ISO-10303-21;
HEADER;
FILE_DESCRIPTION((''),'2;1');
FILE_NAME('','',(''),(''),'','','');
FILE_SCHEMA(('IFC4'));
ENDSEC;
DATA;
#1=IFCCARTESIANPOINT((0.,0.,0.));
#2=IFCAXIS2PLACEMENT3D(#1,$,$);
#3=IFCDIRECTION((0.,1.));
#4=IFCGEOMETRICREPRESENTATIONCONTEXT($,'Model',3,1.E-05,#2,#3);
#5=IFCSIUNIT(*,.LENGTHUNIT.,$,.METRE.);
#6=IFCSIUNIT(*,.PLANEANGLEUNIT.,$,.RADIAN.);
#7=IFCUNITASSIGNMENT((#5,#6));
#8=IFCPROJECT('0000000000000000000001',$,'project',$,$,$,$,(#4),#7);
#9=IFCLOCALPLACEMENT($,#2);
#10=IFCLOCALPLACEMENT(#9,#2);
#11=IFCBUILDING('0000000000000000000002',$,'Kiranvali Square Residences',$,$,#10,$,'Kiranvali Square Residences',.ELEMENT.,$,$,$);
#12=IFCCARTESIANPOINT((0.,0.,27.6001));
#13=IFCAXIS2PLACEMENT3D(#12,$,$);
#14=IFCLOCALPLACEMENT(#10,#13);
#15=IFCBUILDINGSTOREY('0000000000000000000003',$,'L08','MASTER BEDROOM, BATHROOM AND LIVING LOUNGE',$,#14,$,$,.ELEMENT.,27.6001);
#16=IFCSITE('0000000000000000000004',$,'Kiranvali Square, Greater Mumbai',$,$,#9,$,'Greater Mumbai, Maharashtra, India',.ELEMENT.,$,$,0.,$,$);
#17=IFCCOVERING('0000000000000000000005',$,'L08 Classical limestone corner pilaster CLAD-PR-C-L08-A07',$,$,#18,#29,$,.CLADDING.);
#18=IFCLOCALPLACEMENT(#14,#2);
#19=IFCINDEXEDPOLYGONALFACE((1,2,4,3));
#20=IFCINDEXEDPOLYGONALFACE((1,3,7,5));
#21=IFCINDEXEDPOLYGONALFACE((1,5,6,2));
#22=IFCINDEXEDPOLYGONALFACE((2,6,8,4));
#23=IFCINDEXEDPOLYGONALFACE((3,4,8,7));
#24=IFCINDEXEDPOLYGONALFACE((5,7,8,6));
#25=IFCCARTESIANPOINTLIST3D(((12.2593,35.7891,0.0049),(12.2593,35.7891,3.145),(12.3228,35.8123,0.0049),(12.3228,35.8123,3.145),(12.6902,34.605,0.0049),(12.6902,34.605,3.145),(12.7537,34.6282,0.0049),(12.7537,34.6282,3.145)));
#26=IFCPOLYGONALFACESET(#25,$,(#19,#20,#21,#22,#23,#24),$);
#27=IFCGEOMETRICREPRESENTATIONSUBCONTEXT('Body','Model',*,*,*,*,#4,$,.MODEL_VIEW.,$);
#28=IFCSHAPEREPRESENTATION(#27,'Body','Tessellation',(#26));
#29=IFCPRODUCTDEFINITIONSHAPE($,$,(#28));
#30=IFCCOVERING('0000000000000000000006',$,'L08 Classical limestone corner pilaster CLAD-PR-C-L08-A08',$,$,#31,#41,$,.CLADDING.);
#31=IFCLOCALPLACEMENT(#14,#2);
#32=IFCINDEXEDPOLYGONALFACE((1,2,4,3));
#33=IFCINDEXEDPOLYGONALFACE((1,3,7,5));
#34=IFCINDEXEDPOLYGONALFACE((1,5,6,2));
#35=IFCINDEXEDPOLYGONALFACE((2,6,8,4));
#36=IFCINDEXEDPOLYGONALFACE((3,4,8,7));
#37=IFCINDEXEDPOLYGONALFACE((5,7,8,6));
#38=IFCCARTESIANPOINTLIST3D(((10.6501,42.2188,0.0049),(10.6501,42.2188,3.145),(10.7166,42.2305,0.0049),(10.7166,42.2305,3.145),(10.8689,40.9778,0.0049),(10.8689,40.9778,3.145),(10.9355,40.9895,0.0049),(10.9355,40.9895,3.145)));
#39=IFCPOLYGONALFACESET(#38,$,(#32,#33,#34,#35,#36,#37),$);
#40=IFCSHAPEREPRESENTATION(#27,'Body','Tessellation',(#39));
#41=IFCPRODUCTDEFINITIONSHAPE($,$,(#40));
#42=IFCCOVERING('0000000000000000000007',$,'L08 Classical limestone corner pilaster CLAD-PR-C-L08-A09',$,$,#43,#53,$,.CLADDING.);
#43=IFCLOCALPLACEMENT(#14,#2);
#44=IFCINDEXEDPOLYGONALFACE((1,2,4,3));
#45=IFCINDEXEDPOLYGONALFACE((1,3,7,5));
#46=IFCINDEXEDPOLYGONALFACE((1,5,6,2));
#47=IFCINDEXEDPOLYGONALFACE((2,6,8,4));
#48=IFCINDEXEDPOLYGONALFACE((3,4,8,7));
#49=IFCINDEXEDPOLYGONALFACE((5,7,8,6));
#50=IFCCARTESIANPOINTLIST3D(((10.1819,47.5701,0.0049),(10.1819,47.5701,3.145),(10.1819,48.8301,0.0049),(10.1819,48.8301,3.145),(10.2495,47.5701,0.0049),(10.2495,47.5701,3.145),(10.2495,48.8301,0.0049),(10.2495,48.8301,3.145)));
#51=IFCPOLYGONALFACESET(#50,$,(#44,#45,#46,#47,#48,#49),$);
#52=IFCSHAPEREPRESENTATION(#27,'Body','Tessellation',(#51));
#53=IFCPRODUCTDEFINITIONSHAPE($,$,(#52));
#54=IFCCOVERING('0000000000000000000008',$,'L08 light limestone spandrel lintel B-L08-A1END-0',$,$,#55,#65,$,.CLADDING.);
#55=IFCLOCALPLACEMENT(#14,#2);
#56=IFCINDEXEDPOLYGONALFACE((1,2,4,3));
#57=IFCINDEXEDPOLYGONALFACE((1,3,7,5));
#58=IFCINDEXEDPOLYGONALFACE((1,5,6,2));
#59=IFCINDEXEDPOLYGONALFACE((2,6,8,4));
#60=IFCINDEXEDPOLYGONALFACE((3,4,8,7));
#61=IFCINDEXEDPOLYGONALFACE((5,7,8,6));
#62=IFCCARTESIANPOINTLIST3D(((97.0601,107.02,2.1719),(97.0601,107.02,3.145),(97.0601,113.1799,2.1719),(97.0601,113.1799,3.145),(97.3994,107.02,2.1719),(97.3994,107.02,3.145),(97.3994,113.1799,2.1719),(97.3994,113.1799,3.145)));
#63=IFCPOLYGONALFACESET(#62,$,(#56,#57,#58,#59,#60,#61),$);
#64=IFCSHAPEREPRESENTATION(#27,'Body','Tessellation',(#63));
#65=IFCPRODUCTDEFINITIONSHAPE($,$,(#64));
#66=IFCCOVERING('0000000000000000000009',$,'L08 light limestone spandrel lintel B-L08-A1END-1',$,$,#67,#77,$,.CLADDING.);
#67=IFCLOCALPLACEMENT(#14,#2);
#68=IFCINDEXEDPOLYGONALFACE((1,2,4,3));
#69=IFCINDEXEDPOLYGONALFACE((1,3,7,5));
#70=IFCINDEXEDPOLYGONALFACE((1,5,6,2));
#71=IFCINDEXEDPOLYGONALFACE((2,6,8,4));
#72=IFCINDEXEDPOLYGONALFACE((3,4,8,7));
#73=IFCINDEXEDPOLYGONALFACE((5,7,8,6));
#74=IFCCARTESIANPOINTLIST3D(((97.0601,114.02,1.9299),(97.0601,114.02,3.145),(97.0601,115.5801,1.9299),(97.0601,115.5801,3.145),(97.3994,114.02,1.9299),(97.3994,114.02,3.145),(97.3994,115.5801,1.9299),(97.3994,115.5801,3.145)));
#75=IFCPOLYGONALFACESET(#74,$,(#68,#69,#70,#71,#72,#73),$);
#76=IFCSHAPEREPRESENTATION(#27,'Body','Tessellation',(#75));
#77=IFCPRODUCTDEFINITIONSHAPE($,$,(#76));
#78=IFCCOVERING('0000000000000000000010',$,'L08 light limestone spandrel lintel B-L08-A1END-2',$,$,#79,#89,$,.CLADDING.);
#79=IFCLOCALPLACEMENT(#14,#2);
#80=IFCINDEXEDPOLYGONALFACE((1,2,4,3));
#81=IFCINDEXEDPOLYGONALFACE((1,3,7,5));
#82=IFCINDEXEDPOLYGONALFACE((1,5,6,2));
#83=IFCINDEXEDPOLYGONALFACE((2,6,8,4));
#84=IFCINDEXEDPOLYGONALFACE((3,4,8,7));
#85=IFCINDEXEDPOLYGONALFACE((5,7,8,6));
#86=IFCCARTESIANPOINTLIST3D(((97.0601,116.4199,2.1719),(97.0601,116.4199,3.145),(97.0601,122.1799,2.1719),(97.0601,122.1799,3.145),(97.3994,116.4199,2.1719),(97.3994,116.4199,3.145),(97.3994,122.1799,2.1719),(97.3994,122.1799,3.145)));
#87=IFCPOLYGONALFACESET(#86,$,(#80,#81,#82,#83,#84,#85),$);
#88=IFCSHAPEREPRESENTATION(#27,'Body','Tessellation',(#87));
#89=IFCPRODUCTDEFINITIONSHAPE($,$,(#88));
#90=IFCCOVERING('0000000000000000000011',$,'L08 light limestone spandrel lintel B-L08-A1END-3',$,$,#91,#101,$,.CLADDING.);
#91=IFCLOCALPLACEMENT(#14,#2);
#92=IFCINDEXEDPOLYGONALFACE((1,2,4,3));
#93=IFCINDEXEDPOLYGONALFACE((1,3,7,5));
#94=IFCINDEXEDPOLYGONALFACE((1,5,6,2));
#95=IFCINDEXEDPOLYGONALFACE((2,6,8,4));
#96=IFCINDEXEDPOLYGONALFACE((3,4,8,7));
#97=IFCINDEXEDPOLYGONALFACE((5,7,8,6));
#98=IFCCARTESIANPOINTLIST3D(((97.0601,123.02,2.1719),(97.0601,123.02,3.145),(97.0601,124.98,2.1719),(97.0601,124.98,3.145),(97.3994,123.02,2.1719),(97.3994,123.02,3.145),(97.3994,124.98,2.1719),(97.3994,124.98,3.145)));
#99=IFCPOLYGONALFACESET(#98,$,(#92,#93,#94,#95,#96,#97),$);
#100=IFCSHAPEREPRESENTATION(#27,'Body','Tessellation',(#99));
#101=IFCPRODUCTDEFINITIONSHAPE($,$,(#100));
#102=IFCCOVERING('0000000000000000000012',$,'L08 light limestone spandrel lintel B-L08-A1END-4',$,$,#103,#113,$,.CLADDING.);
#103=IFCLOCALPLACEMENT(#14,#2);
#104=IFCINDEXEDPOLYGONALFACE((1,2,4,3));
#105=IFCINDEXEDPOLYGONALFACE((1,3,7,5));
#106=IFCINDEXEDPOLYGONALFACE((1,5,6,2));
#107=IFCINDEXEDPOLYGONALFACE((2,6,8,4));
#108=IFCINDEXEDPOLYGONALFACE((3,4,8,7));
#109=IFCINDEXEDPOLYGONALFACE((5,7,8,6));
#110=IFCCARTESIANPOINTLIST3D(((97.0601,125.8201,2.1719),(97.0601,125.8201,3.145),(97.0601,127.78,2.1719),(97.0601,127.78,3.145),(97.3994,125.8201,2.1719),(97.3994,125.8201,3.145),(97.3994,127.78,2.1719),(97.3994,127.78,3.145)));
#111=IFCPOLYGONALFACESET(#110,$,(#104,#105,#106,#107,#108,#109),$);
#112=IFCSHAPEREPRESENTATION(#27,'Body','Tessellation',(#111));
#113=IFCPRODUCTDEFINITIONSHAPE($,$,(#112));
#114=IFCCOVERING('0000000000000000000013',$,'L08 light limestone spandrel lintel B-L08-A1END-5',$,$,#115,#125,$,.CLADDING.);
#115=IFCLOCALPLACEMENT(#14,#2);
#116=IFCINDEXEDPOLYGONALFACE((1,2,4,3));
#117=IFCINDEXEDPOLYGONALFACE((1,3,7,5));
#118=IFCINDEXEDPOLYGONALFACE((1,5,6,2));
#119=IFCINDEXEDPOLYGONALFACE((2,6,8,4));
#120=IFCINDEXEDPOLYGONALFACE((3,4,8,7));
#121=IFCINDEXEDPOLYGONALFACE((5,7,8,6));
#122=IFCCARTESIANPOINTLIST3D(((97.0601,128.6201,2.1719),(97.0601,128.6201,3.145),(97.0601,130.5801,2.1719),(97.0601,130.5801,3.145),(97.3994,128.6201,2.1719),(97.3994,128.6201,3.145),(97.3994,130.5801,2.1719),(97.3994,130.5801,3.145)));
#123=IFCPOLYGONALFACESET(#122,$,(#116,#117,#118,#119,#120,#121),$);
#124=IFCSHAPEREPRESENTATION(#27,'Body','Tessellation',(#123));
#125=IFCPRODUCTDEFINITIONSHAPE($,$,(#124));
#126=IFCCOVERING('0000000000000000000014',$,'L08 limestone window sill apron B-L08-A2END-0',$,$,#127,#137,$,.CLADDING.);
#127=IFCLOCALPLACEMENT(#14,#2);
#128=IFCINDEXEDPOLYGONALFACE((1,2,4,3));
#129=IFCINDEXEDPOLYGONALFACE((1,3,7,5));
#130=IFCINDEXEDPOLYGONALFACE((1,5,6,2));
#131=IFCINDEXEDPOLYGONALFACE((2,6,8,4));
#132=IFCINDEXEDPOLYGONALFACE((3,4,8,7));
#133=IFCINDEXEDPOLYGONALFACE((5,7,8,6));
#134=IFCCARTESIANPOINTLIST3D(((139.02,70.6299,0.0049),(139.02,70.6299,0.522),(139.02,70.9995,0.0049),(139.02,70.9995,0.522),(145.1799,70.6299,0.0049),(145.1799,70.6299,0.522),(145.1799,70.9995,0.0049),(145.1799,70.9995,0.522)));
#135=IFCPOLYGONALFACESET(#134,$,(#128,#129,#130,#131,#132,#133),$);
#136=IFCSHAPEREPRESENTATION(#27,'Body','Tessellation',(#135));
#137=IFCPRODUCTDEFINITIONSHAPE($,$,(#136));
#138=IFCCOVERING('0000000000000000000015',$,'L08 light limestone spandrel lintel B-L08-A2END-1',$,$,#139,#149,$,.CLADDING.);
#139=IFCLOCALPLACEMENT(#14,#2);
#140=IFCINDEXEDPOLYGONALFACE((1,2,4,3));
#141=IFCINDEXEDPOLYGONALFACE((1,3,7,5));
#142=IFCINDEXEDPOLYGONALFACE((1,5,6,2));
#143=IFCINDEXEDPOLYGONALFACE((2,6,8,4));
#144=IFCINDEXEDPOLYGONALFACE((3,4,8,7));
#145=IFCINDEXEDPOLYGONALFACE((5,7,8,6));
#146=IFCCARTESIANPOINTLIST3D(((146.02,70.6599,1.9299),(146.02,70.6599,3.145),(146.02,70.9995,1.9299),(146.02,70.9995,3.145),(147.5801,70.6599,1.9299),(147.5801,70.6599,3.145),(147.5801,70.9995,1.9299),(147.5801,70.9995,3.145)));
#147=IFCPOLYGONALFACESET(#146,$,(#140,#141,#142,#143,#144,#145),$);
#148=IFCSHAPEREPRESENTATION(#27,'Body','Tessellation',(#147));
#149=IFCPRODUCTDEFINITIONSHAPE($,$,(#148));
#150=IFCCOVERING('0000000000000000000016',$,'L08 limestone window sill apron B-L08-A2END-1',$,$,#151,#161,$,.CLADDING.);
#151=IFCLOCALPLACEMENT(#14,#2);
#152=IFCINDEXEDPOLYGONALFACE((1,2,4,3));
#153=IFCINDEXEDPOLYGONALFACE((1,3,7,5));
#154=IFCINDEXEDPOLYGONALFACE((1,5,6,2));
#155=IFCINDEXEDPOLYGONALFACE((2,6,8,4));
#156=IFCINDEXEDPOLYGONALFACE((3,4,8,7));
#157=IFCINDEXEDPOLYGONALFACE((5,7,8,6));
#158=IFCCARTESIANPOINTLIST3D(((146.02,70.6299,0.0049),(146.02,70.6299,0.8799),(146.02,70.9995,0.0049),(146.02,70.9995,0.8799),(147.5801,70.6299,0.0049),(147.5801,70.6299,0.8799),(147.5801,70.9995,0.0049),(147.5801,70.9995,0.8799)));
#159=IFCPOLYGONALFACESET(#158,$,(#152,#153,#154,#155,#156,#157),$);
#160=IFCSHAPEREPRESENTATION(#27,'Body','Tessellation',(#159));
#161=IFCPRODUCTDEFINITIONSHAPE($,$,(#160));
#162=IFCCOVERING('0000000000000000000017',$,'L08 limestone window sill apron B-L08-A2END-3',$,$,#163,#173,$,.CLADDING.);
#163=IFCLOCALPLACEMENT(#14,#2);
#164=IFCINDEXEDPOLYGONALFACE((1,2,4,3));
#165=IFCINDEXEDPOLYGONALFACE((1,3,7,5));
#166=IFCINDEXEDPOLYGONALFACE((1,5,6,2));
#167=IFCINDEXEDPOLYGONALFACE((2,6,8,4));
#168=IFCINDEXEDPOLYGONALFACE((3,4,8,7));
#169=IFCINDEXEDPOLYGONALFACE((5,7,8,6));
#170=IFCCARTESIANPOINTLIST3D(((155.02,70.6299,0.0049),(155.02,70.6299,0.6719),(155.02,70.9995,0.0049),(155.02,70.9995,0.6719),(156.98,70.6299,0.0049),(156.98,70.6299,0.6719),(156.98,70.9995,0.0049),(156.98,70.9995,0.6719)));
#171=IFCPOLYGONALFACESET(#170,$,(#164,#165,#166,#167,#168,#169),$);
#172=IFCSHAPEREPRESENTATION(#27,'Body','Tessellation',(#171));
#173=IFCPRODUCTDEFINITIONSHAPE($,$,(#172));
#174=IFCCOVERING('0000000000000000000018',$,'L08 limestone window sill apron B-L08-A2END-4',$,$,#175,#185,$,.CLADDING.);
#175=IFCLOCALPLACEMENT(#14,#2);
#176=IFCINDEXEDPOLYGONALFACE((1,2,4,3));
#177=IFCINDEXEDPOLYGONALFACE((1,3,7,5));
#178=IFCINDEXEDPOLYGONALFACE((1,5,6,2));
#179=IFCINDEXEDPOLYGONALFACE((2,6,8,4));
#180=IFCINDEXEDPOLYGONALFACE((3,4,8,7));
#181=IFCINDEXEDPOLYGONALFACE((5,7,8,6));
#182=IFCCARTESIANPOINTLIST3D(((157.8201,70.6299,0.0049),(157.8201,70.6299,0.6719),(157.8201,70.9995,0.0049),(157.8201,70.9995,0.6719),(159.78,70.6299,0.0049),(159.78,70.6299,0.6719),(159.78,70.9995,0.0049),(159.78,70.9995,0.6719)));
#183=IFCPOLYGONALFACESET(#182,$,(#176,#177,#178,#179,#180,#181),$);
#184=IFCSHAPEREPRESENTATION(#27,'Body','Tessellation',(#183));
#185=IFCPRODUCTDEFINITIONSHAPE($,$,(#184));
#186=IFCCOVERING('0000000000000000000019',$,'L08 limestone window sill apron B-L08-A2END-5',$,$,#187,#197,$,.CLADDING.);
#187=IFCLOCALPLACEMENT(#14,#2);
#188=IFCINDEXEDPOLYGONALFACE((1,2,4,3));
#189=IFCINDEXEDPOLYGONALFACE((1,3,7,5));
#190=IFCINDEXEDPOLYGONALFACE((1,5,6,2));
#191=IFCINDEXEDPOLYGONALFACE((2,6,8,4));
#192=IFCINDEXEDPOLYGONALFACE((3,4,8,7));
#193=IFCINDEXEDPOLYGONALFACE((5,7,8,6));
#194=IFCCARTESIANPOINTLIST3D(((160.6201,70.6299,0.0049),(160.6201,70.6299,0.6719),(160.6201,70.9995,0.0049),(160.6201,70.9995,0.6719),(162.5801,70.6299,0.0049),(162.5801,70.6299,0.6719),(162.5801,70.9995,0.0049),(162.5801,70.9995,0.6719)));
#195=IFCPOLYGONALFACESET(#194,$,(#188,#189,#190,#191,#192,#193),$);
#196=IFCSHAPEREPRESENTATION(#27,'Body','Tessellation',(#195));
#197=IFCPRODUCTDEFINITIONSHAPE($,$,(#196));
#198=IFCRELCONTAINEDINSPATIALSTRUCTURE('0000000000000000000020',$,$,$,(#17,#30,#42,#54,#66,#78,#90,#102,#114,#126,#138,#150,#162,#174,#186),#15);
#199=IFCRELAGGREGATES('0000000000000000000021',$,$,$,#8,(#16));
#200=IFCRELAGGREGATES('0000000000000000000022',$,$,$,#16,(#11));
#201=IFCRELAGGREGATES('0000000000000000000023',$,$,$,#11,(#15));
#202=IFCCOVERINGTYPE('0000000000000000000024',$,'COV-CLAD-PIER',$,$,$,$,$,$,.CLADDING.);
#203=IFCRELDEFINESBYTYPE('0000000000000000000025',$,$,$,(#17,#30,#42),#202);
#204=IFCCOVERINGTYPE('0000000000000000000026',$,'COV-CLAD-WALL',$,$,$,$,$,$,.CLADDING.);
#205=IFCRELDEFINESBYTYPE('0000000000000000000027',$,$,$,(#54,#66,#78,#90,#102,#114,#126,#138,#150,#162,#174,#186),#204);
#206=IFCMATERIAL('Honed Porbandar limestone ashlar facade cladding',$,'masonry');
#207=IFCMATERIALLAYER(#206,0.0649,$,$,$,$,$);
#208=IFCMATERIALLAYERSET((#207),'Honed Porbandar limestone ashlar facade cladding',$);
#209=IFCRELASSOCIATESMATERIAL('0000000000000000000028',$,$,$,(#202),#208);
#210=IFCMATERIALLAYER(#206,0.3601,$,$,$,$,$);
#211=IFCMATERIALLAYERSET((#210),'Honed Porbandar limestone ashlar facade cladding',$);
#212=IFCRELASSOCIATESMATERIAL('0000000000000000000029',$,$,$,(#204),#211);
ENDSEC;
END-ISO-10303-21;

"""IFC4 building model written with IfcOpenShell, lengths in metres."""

from ifc_helpers import new_model, si_unit, direction, frame, origin, place, context, subcontext, project, spatial, polyline, outline, extrude, material, layer, layer_set, type_object, element, save


model = new_model("IFC4")

# Units and contexts
model_context = context("Model", 3, precision=1e-05, world=origin(), true_north=direction((0.0, 1.0)))
body_context = subcontext(model_context, "Body", "Model", "MODEL_VIEW")
ifc_project = project(units=[si_unit("LENGTHUNIT", "METRE"), si_unit("PLANEANGLEUNIT", "RADIAN")], contexts=[model_context])

# Site, building, storey
site_placement = place(None, origin())
site = spatial("IfcSite", under=ifc_project, at=site_placement, Name="Kiranvali Square, Greater Mumbai", LongName="Greater Mumbai, Maharashtra, India", CompositionType="ELEMENT", RefElevation=0.0)
building_placement = place(site_placement, origin())
building = spatial("IfcBuilding", under=site, at=building_placement, Name="Kiranvali Square Residences", LongName="Kiranvali Square Residences", CompositionType="ELEMENT")
storey_placement = place(building_placement, frame((0.0, 0.0, 27.6001)))
storey = spatial("IfcBuildingStorey", under=building, at=storey_placement, Name="L08", Description="MASTER BEDROOM, BATHROOM AND LIVING LOUNGE", CompositionType="ELEMENT", Elevation=27.6001)

# Coverings
ifc_material = material(Name="Honed Porbandar limestone ashlar facade cladding", Category="masonry")
ifc_layer_1 = layer(ifc_material, 0.0649)
ifc_layer_set_1 = layer_set([ifc_layer_1], Name="Honed Porbandar limestone ashlar facade cladding")
covering_type_1 = type_object("IfcCoveringType", Name="COV-CLAD-PIER", PredefinedType="CLADDING", material=ifc_layer_set_1)
covering_1_placement = place(storey_placement, frame((0.0, 0.0, 0.0049)))
element("IfcCovering", 1, at=covering_1_placement, inside=storey, type_object=covering_type_1, Name="L08 Classical limestone corner pilaster CLAD-PR-C-L08-A07", PredefinedType="CLADDING", context=body_context, shape_type="SweptSolid", body=[
    extrude(outline(polyline([(12.2593, 35.7891), (12.6902, 34.605), (12.7537, 34.6282), (12.3228, 35.8123), (12.2593, 35.7891)])), origin(), (0.0, 0.0, 1.0), 3.1401),
])
covering_2_placement = place(storey_placement, frame((0.0, 0.0, 0.0049)))
element("IfcCovering", 2, at=covering_2_placement, inside=storey, type_object=covering_type_1, Name="L08 Classical limestone corner pilaster CLAD-PR-C-L08-A08", PredefinedType="CLADDING", context=body_context, shape_type="SweptSolid", body=[
    extrude(outline(polyline([(10.6501, 42.2188), (10.8689, 40.9778), (10.9355, 40.9895), (10.7166, 42.2305), (10.6501, 42.2188)])), origin(), (0.0, 0.0, 1.0), 3.1401),
])
covering_3_placement = place(storey_placement, frame((0.0, 0.0, 0.0049)))
element("IfcCovering", 3, at=covering_3_placement, inside=storey, type_object=covering_type_1, Name="L08 Classical limestone corner pilaster CLAD-PR-C-L08-A09", PredefinedType="CLADDING", context=body_context, shape_type="SweptSolid", body=[
    extrude(outline(polyline([(10.1819, 48.8301), (10.1819, 47.5701), (10.2495, 47.5701), (10.2495, 48.8301), (10.1819, 48.8301)])), origin(), (0.0, 0.0, 1.0), 3.1401),
])
ifc_layer_2 = layer(ifc_material, 0.3601)
ifc_layer_set_2 = layer_set([ifc_layer_2], Name="Honed Porbandar limestone ashlar facade cladding")
covering_type_2 = type_object("IfcCoveringType", Name="COV-CLAD-WALL", PredefinedType="CLADDING", material=ifc_layer_set_2)
covering_4_placement = place(storey_placement, frame((0.0, 0.0, 2.1719)))
element("IfcCovering", 4, at=covering_4_placement, inside=storey, type_object=covering_type_2, Name="L08 light limestone spandrel lintel B-L08-A1END-0", PredefinedType="CLADDING", context=body_context, shape_type="SweptSolid", body=[
    extrude(outline(polyline([(97.3994, 107.02), (97.3994, 113.1799), (97.0601, 113.1799), (97.0601, 107.02), (97.3994, 107.02)])), origin(), (0.0, 0.0, 1.0), 0.9731),
])
covering_5_placement = place(storey_placement, frame((0.0, 0.0, 1.9299)))
element("IfcCovering", 5, at=covering_5_placement, inside=storey, type_object=covering_type_2, Name="L08 light limestone spandrel lintel B-L08-A1END-1", PredefinedType="CLADDING", context=body_context, shape_type="SweptSolid", body=[
    extrude(outline(polyline([(97.3994, 114.02), (97.3994, 115.5801), (97.0601, 115.5801), (97.0601, 114.02), (97.3994, 114.02)])), origin(), (0.0, 0.0, 1.0), 1.2151),
])
covering_6_placement = place(storey_placement, frame((0.0, 0.0, 2.1719)))
element("IfcCovering", 6, at=covering_6_placement, inside=storey, type_object=covering_type_2, Name="L08 light limestone spandrel lintel B-L08-A1END-2", PredefinedType="CLADDING", context=body_context, shape_type="SweptSolid", body=[
    extrude(outline(polyline([(97.3994, 116.4199), (97.3994, 122.1799), (97.0601, 122.1799), (97.0601, 116.4199), (97.3994, 116.4199)])), origin(), (0.0, 0.0, 1.0), 0.9731),
])
covering_7_placement = place(storey_placement, frame((0.0, 0.0, 2.1719)))
element("IfcCovering", 7, at=covering_7_placement, inside=storey, type_object=covering_type_2, Name="L08 light limestone spandrel lintel B-L08-A1END-3", PredefinedType="CLADDING", context=body_context, shape_type="SweptSolid", body=[
    extrude(outline(polyline([(97.3994, 123.02), (97.3994, 124.98), (97.0601, 124.98), (97.0601, 123.02), (97.3994, 123.02)])), origin(), (0.0, 0.0, 1.0), 0.9731),
])
covering_8_placement = place(storey_placement, frame((0.0, 0.0, 2.1719)))
element("IfcCovering", 8, at=covering_8_placement, inside=storey, type_object=covering_type_2, Name="L08 light limestone spandrel lintel B-L08-A1END-4", PredefinedType="CLADDING", context=body_context, shape_type="SweptSolid", body=[
    extrude(outline(polyline([(97.3994, 125.8201), (97.3994, 127.78), (97.0601, 127.78), (97.0601, 125.8201), (97.3994, 125.8201)])), origin(), (0.0, 0.0, 1.0), 0.9731),
])
covering_9_placement = place(storey_placement, frame((0.0, 0.0, 2.1719)))
element("IfcCovering", 9, at=covering_9_placement, inside=storey, type_object=covering_type_2, Name="L08 light limestone spandrel lintel B-L08-A1END-5", PredefinedType="CLADDING", context=body_context, shape_type="SweptSolid", body=[
    extrude(outline(polyline([(97.3994, 128.6201), (97.3994, 130.5801), (97.0601, 130.5801), (97.0601, 128.6201), (97.3994, 128.6201)])), origin(), (0.0, 0.0, 1.0), 0.9731),
])
covering_10_placement = place(storey_placement, frame((0.0, 0.0, 0.0049)))
element("IfcCovering", 10, at=covering_10_placement, inside=storey, type_object=covering_type_2, Name="L08 limestone window sill apron B-L08-A2END-0", PredefinedType="CLADDING", context=body_context, shape_type="SweptSolid", body=[
    extrude(outline(polyline([(139.02, 70.6299), (145.1799, 70.6299), (145.1799, 70.9995), (139.02, 70.9995), (139.02, 70.6299)])), origin(), (0.0, 0.0, 1.0), 0.5171),
])
covering_11_placement = place(storey_placement, frame((0.0, 0.0, 1.9299)))
element("IfcCovering", 11, at=covering_11_placement, inside=storey, type_object=covering_type_2, Name="L08 light limestone spandrel lintel B-L08-A2END-1", PredefinedType="CLADDING", context=body_context, shape_type="SweptSolid", body=[
    extrude(outline(polyline([(146.02, 70.6599), (147.5801, 70.6599), (147.5801, 70.9995), (146.02, 70.9995), (146.02, 70.6599)])), origin(), (0.0, 0.0, 1.0), 1.2151),
])
covering_12_placement = place(storey_placement, frame((0.0, 0.0, 0.0049)))
element("IfcCovering", 12, at=covering_12_placement, inside=storey, type_object=covering_type_2, Name="L08 limestone window sill apron B-L08-A2END-1", PredefinedType="CLADDING", context=body_context, shape_type="SweptSolid", body=[
    extrude(outline(polyline([(146.02, 70.6299), (147.5801, 70.6299), (147.5801, 70.9995), (146.02, 70.9995), (146.02, 70.6299)])), origin(), (0.0, 0.0, 1.0), 0.875),
])
covering_13_placement = place(storey_placement, frame((0.0, 0.0, 0.0049)))
element("IfcCovering", 13, at=covering_13_placement, inside=storey, type_object=covering_type_2, Name="L08 limestone window sill apron B-L08-A2END-3", PredefinedType="CLADDING", context=body_context, shape_type="SweptSolid", body=[
    extrude(outline(polyline([(155.02, 70.6299), (156.98, 70.6299), (156.98, 70.9995), (155.02, 70.9995), (155.02, 70.6299)])), origin(), (0.0, 0.0, 1.0), 0.667),
])
covering_14_placement = place(storey_placement, frame((0.0, 0.0, 0.0049)))
element("IfcCovering", 14, at=covering_14_placement, inside=storey, type_object=covering_type_2, Name="L08 limestone window sill apron B-L08-A2END-4", PredefinedType="CLADDING", context=body_context, shape_type="SweptSolid", body=[
    extrude(outline(polyline([(157.8201, 70.6299), (159.78, 70.6299), (159.78, 70.9995), (157.8201, 70.9995), (157.8201, 70.6299)])), origin(), (0.0, 0.0, 1.0), 0.667),
])
covering_15_placement = place(storey_placement, frame((0.0, 0.0, 0.0049)))
element("IfcCovering", 15, at=covering_15_placement, inside=storey, type_object=covering_type_2, Name="L08 limestone window sill apron B-L08-A2END-5", PredefinedType="CLADDING", context=body_context, shape_type="SweptSolid", body=[
    extrude(outline(polyline([(160.6201, 70.6299), (162.5801, 70.6299), (162.5801, 70.9995), (160.6201, 70.9995), (160.6201, 70.6299)])), origin(), (0.0, 0.0, 1.0), 0.667),
])

save(model, "model.ifc")
